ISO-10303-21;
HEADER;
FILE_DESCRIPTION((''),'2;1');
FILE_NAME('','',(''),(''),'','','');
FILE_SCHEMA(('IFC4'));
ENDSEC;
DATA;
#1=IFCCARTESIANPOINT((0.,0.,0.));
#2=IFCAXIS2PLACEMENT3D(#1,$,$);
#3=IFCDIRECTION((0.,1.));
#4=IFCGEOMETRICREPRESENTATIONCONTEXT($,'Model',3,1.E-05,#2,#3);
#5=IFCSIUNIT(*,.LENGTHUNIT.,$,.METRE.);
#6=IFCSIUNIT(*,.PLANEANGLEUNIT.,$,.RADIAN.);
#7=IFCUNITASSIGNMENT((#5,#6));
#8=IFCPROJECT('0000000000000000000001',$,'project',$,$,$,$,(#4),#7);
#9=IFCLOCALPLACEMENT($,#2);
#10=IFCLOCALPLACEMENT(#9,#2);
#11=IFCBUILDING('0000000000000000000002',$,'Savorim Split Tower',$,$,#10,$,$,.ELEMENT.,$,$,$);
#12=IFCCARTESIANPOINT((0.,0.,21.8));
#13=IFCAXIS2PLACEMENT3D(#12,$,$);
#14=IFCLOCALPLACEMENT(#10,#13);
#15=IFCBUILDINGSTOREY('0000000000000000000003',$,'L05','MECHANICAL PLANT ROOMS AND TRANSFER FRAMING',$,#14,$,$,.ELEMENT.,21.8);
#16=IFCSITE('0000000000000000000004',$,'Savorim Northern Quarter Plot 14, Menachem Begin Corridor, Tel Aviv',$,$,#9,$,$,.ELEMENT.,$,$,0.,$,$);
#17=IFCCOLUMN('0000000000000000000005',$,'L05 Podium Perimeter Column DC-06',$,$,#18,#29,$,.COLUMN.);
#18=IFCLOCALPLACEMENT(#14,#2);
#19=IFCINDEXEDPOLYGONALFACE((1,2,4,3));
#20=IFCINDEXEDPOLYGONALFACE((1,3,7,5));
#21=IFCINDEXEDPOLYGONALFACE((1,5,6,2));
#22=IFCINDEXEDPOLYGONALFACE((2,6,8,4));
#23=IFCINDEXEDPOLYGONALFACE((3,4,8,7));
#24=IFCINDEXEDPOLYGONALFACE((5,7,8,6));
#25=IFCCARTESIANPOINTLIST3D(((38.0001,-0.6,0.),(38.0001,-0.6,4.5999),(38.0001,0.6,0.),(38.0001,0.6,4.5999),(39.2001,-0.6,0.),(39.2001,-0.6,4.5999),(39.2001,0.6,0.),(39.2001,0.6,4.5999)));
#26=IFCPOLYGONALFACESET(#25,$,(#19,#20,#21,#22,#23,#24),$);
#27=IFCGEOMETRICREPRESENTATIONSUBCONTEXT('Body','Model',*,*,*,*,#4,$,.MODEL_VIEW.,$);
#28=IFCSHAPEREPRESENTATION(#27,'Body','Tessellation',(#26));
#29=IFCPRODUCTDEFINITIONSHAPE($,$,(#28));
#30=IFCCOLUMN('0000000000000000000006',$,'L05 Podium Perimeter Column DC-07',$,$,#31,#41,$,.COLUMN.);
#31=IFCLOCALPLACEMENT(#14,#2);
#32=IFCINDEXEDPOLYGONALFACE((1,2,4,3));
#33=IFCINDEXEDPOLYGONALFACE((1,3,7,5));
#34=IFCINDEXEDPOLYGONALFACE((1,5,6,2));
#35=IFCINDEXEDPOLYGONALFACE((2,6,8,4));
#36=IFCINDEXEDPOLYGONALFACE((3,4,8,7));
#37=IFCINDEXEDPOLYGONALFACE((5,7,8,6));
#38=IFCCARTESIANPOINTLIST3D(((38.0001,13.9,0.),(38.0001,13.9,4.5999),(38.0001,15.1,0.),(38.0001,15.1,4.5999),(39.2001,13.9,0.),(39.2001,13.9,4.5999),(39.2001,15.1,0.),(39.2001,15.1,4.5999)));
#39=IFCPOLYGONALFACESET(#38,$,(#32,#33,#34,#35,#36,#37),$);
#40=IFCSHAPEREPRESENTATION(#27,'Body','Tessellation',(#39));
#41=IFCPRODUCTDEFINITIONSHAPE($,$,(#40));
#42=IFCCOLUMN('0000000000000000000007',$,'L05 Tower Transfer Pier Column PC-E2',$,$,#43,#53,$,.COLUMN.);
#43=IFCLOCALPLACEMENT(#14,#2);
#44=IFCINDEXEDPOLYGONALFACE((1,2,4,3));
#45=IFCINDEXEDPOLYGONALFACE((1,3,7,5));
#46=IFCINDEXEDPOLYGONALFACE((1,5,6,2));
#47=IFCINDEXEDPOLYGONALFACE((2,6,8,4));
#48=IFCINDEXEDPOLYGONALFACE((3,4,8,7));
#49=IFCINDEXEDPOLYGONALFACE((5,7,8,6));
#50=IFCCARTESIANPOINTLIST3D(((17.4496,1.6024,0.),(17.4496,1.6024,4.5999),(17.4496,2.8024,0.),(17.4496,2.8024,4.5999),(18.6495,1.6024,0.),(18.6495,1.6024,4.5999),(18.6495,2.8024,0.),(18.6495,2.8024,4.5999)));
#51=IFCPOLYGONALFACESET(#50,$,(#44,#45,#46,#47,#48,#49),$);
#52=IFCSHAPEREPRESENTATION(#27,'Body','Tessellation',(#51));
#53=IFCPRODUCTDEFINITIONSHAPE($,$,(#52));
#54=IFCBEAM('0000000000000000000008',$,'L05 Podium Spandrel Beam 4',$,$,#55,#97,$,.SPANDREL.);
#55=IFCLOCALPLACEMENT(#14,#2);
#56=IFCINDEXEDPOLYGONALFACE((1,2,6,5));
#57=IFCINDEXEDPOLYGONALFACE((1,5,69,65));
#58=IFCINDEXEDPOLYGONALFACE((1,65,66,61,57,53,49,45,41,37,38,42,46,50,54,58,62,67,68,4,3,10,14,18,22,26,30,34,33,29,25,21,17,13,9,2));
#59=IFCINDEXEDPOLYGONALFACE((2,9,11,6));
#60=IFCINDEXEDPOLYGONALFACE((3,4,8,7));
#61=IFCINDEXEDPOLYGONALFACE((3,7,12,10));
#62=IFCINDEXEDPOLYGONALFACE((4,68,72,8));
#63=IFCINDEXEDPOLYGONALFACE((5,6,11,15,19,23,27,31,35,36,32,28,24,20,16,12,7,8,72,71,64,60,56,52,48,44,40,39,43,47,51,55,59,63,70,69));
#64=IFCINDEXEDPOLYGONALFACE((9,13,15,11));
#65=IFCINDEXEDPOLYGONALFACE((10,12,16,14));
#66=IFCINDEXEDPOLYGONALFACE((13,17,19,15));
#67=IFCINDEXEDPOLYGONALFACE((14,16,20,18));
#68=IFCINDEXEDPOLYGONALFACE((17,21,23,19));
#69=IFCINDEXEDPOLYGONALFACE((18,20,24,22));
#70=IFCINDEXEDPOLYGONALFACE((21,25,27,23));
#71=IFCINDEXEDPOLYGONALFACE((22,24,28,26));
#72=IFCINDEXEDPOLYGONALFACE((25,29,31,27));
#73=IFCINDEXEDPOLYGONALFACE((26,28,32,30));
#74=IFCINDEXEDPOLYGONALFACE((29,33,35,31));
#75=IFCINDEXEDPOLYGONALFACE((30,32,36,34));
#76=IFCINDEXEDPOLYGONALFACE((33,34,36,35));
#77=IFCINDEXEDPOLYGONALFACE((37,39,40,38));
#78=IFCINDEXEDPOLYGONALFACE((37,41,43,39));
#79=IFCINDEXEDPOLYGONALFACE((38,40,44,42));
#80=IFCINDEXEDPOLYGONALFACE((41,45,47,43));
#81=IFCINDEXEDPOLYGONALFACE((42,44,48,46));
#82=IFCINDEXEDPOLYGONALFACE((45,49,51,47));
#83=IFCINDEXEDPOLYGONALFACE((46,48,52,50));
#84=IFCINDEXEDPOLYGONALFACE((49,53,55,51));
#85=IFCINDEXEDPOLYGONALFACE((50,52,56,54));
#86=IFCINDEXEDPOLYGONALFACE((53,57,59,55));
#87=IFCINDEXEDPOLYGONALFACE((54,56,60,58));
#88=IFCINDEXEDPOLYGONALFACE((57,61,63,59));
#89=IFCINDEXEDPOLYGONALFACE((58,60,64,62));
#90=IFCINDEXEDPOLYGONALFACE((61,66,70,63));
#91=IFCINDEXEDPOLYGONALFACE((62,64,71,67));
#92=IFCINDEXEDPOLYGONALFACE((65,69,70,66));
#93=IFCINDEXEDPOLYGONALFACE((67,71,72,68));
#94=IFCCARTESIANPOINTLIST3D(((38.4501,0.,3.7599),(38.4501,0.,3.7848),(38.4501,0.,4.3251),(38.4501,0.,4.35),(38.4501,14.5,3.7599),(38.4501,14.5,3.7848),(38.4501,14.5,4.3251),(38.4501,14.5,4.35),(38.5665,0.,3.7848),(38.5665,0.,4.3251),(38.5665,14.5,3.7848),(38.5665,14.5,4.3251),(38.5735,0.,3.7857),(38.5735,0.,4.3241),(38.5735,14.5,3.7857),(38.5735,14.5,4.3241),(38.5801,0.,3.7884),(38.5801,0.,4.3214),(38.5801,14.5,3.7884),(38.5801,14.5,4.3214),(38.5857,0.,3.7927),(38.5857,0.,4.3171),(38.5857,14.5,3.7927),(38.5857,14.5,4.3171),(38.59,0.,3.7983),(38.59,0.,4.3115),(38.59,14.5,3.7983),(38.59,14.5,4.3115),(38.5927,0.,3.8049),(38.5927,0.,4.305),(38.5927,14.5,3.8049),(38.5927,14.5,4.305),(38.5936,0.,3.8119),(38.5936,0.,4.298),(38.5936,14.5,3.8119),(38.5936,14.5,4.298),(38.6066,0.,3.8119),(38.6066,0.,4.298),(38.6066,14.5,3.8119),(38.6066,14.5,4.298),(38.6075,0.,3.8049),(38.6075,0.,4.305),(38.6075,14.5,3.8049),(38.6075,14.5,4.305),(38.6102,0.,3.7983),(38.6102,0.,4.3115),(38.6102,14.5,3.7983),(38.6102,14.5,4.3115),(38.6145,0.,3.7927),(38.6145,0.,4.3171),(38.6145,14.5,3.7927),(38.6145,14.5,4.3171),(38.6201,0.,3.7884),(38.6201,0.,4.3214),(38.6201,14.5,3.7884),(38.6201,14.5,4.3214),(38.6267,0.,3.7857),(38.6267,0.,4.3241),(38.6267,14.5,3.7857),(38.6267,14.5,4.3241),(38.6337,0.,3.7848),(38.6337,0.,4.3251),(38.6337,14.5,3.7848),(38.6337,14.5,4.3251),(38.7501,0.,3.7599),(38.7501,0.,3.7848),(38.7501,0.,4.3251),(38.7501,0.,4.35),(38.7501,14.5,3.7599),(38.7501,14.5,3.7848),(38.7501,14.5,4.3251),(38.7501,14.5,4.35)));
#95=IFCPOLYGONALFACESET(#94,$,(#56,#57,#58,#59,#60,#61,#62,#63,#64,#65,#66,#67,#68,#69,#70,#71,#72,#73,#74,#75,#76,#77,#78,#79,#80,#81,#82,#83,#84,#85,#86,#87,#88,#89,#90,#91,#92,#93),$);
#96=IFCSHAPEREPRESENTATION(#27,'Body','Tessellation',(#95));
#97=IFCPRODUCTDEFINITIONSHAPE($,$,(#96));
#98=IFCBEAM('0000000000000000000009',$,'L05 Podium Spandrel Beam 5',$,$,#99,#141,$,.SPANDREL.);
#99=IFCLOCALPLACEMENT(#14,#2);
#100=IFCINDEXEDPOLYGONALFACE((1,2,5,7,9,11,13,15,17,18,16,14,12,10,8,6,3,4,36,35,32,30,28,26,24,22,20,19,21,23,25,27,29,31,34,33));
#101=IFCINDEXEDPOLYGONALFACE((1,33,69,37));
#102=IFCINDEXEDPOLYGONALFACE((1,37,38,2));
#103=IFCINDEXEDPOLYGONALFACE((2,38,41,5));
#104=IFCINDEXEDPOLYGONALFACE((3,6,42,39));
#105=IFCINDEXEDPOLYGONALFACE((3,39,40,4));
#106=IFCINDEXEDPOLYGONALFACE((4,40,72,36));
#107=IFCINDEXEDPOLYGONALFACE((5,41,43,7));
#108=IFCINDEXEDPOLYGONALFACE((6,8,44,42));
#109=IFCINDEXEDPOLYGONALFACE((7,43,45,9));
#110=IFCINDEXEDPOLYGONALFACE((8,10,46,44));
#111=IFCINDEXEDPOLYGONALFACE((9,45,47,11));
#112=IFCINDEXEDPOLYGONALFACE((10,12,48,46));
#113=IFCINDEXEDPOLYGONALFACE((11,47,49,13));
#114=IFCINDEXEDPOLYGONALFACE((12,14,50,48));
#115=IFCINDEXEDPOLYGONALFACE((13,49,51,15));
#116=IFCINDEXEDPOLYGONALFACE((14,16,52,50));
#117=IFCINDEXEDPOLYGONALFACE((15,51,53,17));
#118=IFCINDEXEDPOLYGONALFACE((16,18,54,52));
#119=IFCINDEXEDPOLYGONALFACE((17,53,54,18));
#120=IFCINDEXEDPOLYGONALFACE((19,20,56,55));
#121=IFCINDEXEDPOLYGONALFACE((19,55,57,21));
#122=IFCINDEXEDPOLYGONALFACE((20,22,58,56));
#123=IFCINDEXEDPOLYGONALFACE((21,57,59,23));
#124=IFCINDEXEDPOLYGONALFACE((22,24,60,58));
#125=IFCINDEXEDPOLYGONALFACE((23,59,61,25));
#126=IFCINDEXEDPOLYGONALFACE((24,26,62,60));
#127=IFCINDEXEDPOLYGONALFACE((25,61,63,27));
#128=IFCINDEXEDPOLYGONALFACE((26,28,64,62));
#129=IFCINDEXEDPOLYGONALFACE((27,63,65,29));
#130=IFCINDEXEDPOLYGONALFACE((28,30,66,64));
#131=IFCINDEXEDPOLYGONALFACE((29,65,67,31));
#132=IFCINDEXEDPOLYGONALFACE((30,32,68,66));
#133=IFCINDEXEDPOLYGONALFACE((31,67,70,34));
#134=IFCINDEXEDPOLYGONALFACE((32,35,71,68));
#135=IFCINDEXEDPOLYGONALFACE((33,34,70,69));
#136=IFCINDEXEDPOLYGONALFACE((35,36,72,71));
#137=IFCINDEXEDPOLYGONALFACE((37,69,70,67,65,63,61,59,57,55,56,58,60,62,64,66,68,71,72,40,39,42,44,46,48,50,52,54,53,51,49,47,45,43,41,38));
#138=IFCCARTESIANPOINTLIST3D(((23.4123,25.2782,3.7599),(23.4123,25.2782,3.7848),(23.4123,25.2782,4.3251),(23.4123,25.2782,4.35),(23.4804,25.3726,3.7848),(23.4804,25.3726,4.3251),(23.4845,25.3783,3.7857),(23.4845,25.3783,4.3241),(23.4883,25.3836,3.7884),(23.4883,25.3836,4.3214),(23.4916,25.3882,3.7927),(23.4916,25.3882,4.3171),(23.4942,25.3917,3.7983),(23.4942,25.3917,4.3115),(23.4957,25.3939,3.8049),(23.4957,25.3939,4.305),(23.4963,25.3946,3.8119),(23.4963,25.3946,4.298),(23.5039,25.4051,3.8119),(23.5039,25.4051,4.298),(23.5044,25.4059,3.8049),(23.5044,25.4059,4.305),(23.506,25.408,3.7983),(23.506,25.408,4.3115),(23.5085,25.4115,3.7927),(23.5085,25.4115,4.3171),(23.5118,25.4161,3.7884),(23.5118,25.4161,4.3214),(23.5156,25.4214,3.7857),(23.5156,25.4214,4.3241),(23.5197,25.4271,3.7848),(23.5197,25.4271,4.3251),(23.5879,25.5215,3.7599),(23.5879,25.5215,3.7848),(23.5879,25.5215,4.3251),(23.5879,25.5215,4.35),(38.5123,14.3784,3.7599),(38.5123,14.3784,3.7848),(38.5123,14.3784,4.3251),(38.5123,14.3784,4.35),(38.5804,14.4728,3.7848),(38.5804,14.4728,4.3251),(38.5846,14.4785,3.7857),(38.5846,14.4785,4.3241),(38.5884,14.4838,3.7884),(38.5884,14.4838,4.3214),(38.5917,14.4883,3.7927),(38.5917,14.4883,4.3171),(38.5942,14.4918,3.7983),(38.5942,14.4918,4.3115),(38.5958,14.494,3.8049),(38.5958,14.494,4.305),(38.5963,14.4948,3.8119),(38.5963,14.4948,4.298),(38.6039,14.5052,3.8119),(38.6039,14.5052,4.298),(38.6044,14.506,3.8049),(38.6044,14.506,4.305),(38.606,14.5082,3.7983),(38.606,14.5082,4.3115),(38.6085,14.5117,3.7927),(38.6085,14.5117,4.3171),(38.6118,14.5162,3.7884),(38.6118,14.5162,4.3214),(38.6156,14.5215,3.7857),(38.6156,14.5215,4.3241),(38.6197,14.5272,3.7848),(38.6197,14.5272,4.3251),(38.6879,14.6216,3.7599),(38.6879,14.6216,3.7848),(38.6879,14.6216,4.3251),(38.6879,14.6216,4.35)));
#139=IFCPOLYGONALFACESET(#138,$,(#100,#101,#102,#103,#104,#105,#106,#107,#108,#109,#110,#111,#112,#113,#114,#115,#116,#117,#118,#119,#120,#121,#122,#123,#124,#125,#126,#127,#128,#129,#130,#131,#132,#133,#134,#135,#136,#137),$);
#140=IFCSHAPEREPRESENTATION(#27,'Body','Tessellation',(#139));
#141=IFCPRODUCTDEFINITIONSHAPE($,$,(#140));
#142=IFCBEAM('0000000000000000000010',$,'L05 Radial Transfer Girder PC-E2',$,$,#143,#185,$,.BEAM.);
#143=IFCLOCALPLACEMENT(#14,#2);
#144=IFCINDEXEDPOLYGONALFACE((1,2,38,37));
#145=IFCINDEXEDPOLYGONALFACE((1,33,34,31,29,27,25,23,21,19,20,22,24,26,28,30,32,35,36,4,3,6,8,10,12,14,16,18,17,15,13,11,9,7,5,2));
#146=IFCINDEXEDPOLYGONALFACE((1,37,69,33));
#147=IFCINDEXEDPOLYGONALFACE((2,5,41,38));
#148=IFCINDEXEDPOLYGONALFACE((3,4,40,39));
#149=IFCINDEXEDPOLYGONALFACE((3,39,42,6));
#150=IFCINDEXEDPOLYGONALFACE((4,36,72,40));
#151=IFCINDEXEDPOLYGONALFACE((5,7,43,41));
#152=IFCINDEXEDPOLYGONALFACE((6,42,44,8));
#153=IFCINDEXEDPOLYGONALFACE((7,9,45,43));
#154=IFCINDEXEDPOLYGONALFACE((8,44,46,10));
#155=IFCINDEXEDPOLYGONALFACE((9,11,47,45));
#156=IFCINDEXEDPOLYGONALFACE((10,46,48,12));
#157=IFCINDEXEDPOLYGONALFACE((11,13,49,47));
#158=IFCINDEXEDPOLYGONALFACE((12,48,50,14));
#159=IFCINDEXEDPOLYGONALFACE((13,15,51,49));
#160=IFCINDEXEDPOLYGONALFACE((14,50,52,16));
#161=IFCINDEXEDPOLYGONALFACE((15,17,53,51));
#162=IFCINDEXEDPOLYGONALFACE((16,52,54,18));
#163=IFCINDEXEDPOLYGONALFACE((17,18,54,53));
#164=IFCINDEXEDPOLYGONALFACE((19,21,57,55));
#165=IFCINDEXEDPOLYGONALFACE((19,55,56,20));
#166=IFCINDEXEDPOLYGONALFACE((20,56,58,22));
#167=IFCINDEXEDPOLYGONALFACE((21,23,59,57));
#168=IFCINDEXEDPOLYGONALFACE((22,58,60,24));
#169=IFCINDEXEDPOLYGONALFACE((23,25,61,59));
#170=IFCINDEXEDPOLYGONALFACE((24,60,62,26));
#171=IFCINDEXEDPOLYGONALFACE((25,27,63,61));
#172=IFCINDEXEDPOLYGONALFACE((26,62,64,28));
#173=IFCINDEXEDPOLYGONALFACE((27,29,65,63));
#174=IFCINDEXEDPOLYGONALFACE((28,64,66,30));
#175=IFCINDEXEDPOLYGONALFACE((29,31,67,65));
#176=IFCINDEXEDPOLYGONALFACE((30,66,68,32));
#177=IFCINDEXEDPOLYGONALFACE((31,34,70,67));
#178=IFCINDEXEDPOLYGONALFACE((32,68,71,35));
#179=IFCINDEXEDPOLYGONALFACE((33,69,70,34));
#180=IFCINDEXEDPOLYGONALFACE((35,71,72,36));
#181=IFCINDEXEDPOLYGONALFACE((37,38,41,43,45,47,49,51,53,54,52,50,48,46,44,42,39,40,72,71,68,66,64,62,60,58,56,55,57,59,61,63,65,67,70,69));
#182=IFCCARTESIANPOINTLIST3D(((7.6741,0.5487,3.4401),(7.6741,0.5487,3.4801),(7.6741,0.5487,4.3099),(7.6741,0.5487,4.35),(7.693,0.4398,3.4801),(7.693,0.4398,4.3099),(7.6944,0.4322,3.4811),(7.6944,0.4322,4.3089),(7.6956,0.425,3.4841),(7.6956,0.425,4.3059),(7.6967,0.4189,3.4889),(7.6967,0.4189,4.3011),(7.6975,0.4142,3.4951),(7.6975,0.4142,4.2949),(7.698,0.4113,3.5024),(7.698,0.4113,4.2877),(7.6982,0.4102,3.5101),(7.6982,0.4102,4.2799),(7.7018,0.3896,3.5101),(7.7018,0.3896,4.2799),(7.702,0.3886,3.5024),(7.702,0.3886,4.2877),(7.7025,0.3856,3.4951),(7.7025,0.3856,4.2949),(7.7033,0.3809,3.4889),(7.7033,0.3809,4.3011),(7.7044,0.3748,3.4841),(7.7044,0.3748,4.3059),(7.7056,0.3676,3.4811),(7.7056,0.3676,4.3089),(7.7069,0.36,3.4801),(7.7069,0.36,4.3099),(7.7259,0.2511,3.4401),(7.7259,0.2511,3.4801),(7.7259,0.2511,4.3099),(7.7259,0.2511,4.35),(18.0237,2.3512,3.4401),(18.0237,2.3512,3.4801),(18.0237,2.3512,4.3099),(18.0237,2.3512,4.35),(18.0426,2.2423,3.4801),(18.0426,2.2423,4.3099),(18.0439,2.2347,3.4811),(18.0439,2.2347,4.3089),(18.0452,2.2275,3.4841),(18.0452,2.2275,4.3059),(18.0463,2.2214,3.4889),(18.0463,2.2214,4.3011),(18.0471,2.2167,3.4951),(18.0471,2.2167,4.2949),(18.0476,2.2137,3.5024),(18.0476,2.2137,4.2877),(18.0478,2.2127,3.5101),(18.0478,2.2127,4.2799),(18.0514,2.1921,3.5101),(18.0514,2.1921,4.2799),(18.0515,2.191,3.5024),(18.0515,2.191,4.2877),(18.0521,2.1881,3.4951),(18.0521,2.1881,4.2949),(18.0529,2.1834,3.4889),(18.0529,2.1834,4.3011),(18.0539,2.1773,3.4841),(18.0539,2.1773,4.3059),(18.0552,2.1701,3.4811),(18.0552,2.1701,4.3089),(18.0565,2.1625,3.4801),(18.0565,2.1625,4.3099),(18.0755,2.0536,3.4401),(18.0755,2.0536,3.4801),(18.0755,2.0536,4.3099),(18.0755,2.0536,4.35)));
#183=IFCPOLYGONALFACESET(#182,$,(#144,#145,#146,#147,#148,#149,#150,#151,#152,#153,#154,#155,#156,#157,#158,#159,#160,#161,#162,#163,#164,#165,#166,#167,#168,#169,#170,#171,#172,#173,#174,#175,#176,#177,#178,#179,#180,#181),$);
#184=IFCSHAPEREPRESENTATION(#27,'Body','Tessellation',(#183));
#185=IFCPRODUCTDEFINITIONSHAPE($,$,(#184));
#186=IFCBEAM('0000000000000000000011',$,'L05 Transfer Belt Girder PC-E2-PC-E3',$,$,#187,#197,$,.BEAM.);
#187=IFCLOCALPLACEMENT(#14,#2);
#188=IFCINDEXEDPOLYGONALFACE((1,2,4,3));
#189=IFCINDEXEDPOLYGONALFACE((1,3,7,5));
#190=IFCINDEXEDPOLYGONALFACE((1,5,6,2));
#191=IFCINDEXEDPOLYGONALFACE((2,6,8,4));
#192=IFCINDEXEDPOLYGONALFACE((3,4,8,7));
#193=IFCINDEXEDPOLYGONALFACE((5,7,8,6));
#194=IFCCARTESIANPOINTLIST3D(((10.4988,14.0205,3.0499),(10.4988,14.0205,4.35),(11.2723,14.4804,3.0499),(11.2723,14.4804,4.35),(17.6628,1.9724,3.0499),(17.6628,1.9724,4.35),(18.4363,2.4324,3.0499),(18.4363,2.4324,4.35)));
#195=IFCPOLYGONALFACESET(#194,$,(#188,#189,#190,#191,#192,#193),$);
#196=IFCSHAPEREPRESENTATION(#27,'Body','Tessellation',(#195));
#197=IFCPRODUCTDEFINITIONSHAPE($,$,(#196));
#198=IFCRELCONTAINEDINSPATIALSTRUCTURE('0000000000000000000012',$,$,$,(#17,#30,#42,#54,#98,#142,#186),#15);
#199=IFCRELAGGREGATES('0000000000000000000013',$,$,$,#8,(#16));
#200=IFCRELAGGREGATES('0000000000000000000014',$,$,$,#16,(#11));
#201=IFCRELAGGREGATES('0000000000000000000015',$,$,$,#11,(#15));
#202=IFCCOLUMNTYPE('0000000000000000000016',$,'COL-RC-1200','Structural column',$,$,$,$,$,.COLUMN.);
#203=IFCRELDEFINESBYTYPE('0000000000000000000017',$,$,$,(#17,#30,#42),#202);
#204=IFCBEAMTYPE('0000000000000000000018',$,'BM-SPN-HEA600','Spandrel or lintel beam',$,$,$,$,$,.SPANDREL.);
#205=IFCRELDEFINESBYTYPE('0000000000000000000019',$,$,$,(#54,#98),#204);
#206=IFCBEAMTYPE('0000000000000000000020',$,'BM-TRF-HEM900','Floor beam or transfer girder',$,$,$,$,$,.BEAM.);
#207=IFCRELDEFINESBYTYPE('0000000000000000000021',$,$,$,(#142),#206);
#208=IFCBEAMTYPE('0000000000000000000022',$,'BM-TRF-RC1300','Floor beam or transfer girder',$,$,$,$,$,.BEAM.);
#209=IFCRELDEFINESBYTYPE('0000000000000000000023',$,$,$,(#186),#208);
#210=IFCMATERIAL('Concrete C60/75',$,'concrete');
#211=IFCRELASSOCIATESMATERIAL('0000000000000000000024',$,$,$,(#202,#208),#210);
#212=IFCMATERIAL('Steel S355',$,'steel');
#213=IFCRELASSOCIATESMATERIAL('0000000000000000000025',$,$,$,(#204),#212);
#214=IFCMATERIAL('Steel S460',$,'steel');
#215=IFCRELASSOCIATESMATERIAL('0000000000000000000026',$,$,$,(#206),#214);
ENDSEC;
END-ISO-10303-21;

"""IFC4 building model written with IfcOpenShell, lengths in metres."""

from ifc_helpers import new_model, si_unit, direction, frame, origin, origin_2d, place, context, subcontext, project, spatial, rectangle, i_section, extrude, material, material_profile, profile_set, type_object, element, save


model = new_model("IFC4")

# Units and contexts
model_context = context("Model", 3, precision=1e-05, world=origin(), true_north=direction((0.0, 1.0)))
body_context = subcontext(model_context, "Body", "Model", "MODEL_VIEW")
ifc_project = project(units=[si_unit("LENGTHUNIT", "METRE"), si_unit("PLANEANGLEUNIT", "RADIAN")], contexts=[model_context])

# Site, building, storey
site_placement = place(None, origin())
site = spatial("IfcSite", under=ifc_project, at=site_placement, Name="Savorim Northern Quarter Plot 14, Menachem Begin Corridor, Tel Aviv", CompositionType="ELEMENT", RefElevation=0.0)
building_placement = place(site_placement, origin())
building = spatial("IfcBuilding", under=site, at=building_placement, Name="Savorim Split Tower", CompositionType="ELEMENT")
storey_placement = place(building_placement, frame((0.0, 0.0, 21.8)))
storey = spatial("IfcBuildingStorey", under=building, at=storey_placement, Name="L05", Description="MECHANICAL PLANT ROOMS AND TRANSFER FRAMING", CompositionType="ELEMENT", Elevation=21.8)

# Columns
ifc_material_1 = material(Name="Concrete C60/75", Category="concrete")
ifc_material_profile_1 = material_profile(ifc_material_1, rectangle(XDim=1.2, YDim=1.2, at=origin_2d()), Name="RC 1200x1200")
ifc_profile_set_1 = profile_set([ifc_material_profile_1], Name="Concrete C60/75")
column_type = type_object("IfcColumnType", Name="COL-RC-1200", Description="Structural column", PredefinedType="COLUMN", material=ifc_profile_set_1)
for number, where, z_axis, x_axis, name in (
    (1, (38.6001, 0.0, 0.0), (0.0, 0.0, 1.0), (1.0, 0.0, 0.0), "L05 Podium Perimeter Column DC-06"),
    (2, (38.6001, 14.5, 0.0), (0.0, 0.0, 1.0), (1.0, 0.0, 0.0), "L05 Podium Perimeter Column DC-07"),
    (3, (18.0496, 2.2024, 0.0), (0.0, 0.0, 1.0), (1.0, 0.0, 0.0), "L05 Tower Transfer Pier Column PC-E2"),
):
    element("IfcColumn", number, at=place(storey_placement, frame(where, z_axis=z_axis, x_axis=x_axis)), inside=storey, type_object=column_type, Name=name, PredefinedType="COLUMN", context=body_context, shape_type="SweptSolid", body=[
        extrude(rectangle(XDim=1.2, YDim=1.2, at=origin_2d()), origin(), (0.0, 0.0, 1.0), 4.5999),
    ])

# Beams
ifc_material_2 = material(Name="Steel S355", Category="steel")
ifc_material_profile_2 = material_profile(ifc_material_2, i_section(OverallWidth=0.3, OverallDepth=0.5901, WebThickness=0.0129, FlangeThickness=0.0249, FilletRadius=0.0271, at=origin_2d()), Name="HEA 600")
ifc_profile_set_2 = profile_set([ifc_material_profile_2], Name="Steel S355")
beam_type_1 = type_object("IfcBeamType", Name="BM-SPN-HEA600", Description="Spandrel or lintel beam", PredefinedType="SPANDREL", material=ifc_profile_set_2)
beam_1_placement = place(storey_placement, frame((38.6001, 0.0, 4.0549), z_axis=(0.0, 1.0, 0.0), x_axis=(-1.0, 0.0, 0.0)))
element("IfcBeam", 4, at=beam_1_placement, inside=storey, type_object=beam_type_1, Name="L05 Podium Spandrel Beam 4", PredefinedType="SPANDREL", context=body_context, shape_type="SweptSolid", body=[
    extrude(i_section(OverallWidth=0.3, OverallDepth=0.5901, WebThickness=0.0129, FlangeThickness=0.0249, FilletRadius=0.0271, at=origin_2d()), origin(), (0.0, 0.0, 1.0), 14.5),
])
beam_2_placement = place(storey_placement, frame((38.6001, 14.5, 4.0549), z_axis=(-0.810825, 0.585289, 0.0), x_axis=(-0.585289, -0.810825, 0.0)))
element("IfcBeam", 5, at=beam_2_placement, inside=storey, type_object=beam_type_1, Name="L05 Podium Spandrel Beam 5", PredefinedType="SPANDREL", context=body_context, shape_type="SweptSolid", body=[
    extrude(i_section(OverallWidth=0.3, OverallDepth=0.5901, WebThickness=0.0129, FlangeThickness=0.0249, FilletRadius=0.0271, at=origin_2d()), origin(), (0.0, 0.0, 1.0), 18.623),
])
ifc_material_3 = material(Name="Steel S460", Category="steel")
ifc_material_profile_3 = material_profile(ifc_material_3, i_section(OverallWidth=0.302, OverallDepth=0.9099, WebThickness=0.021, FlangeThickness=0.04, FilletRadius=0.03, at=origin_2d()), Name="HE 900 M")
ifc_profile_set_3 = profile_set([ifc_material_profile_3], Name="Steel S460")
beam_type_2 = type_object("IfcBeamType", Name="BM-TRF-HEM900", Description="Floor beam or transfer girder", PredefinedType="BEAM", material=ifc_profile_set_3)
beam_3_placement = place(storey_placement, frame((18.0496, 2.2024, 3.895), z_axis=(-0.985171, -0.171578, 0.0), x_axis=(0.171578, -0.985171, 0.0)))
element("IfcBeam", 6, at=beam_3_placement, inside=storey, type_object=beam_type_2, Name="L05 Radial Transfer Girder PC-E2", PredefinedType="BEAM", context=body_context, shape_type="SweptSolid", body=[
    extrude(i_section(OverallWidth=0.302, OverallDepth=0.9099, WebThickness=0.021, FlangeThickness=0.04, FilletRadius=0.03, at=origin_2d()), origin(), (0.0, 0.0, 1.0), 10.5054),
])
ifc_material_profile_4 = material_profile(ifc_material_1, rectangle(XDim=0.8999, YDim=1.3, at=origin_2d()), Name="RC 900x1300")
ifc_profile_set_4 = profile_set([ifc_material_profile_4], Name="Concrete C60/75")
beam_type_3 = type_object("IfcBeamType", Name="BM-TRF-RC1300", Description="Floor beam or transfer girder", PredefinedType="BEAM", material=ifc_profile_set_4)
beam_4_placement = place(storey_placement, frame((18.0496, 2.2024, 3.7), z_axis=(-0.511093, 0.859526, 0.0), x_axis=(-0.859526, -0.511093, 0.0)))
element("IfcBeam", 7, at=beam_4_placement, inside=storey, type_object=beam_type_3, Name="L05 Transfer Belt Girder PC-E2-PC-E3", PredefinedType="BEAM", context=body_context, shape_type="SweptSolid", body=[
    extrude(rectangle(XDim=0.8999, YDim=1.3, at=origin_2d()), origin(), (0.0, 0.0, 1.0), 14.0171),
])

save(model, "model.ifc")
